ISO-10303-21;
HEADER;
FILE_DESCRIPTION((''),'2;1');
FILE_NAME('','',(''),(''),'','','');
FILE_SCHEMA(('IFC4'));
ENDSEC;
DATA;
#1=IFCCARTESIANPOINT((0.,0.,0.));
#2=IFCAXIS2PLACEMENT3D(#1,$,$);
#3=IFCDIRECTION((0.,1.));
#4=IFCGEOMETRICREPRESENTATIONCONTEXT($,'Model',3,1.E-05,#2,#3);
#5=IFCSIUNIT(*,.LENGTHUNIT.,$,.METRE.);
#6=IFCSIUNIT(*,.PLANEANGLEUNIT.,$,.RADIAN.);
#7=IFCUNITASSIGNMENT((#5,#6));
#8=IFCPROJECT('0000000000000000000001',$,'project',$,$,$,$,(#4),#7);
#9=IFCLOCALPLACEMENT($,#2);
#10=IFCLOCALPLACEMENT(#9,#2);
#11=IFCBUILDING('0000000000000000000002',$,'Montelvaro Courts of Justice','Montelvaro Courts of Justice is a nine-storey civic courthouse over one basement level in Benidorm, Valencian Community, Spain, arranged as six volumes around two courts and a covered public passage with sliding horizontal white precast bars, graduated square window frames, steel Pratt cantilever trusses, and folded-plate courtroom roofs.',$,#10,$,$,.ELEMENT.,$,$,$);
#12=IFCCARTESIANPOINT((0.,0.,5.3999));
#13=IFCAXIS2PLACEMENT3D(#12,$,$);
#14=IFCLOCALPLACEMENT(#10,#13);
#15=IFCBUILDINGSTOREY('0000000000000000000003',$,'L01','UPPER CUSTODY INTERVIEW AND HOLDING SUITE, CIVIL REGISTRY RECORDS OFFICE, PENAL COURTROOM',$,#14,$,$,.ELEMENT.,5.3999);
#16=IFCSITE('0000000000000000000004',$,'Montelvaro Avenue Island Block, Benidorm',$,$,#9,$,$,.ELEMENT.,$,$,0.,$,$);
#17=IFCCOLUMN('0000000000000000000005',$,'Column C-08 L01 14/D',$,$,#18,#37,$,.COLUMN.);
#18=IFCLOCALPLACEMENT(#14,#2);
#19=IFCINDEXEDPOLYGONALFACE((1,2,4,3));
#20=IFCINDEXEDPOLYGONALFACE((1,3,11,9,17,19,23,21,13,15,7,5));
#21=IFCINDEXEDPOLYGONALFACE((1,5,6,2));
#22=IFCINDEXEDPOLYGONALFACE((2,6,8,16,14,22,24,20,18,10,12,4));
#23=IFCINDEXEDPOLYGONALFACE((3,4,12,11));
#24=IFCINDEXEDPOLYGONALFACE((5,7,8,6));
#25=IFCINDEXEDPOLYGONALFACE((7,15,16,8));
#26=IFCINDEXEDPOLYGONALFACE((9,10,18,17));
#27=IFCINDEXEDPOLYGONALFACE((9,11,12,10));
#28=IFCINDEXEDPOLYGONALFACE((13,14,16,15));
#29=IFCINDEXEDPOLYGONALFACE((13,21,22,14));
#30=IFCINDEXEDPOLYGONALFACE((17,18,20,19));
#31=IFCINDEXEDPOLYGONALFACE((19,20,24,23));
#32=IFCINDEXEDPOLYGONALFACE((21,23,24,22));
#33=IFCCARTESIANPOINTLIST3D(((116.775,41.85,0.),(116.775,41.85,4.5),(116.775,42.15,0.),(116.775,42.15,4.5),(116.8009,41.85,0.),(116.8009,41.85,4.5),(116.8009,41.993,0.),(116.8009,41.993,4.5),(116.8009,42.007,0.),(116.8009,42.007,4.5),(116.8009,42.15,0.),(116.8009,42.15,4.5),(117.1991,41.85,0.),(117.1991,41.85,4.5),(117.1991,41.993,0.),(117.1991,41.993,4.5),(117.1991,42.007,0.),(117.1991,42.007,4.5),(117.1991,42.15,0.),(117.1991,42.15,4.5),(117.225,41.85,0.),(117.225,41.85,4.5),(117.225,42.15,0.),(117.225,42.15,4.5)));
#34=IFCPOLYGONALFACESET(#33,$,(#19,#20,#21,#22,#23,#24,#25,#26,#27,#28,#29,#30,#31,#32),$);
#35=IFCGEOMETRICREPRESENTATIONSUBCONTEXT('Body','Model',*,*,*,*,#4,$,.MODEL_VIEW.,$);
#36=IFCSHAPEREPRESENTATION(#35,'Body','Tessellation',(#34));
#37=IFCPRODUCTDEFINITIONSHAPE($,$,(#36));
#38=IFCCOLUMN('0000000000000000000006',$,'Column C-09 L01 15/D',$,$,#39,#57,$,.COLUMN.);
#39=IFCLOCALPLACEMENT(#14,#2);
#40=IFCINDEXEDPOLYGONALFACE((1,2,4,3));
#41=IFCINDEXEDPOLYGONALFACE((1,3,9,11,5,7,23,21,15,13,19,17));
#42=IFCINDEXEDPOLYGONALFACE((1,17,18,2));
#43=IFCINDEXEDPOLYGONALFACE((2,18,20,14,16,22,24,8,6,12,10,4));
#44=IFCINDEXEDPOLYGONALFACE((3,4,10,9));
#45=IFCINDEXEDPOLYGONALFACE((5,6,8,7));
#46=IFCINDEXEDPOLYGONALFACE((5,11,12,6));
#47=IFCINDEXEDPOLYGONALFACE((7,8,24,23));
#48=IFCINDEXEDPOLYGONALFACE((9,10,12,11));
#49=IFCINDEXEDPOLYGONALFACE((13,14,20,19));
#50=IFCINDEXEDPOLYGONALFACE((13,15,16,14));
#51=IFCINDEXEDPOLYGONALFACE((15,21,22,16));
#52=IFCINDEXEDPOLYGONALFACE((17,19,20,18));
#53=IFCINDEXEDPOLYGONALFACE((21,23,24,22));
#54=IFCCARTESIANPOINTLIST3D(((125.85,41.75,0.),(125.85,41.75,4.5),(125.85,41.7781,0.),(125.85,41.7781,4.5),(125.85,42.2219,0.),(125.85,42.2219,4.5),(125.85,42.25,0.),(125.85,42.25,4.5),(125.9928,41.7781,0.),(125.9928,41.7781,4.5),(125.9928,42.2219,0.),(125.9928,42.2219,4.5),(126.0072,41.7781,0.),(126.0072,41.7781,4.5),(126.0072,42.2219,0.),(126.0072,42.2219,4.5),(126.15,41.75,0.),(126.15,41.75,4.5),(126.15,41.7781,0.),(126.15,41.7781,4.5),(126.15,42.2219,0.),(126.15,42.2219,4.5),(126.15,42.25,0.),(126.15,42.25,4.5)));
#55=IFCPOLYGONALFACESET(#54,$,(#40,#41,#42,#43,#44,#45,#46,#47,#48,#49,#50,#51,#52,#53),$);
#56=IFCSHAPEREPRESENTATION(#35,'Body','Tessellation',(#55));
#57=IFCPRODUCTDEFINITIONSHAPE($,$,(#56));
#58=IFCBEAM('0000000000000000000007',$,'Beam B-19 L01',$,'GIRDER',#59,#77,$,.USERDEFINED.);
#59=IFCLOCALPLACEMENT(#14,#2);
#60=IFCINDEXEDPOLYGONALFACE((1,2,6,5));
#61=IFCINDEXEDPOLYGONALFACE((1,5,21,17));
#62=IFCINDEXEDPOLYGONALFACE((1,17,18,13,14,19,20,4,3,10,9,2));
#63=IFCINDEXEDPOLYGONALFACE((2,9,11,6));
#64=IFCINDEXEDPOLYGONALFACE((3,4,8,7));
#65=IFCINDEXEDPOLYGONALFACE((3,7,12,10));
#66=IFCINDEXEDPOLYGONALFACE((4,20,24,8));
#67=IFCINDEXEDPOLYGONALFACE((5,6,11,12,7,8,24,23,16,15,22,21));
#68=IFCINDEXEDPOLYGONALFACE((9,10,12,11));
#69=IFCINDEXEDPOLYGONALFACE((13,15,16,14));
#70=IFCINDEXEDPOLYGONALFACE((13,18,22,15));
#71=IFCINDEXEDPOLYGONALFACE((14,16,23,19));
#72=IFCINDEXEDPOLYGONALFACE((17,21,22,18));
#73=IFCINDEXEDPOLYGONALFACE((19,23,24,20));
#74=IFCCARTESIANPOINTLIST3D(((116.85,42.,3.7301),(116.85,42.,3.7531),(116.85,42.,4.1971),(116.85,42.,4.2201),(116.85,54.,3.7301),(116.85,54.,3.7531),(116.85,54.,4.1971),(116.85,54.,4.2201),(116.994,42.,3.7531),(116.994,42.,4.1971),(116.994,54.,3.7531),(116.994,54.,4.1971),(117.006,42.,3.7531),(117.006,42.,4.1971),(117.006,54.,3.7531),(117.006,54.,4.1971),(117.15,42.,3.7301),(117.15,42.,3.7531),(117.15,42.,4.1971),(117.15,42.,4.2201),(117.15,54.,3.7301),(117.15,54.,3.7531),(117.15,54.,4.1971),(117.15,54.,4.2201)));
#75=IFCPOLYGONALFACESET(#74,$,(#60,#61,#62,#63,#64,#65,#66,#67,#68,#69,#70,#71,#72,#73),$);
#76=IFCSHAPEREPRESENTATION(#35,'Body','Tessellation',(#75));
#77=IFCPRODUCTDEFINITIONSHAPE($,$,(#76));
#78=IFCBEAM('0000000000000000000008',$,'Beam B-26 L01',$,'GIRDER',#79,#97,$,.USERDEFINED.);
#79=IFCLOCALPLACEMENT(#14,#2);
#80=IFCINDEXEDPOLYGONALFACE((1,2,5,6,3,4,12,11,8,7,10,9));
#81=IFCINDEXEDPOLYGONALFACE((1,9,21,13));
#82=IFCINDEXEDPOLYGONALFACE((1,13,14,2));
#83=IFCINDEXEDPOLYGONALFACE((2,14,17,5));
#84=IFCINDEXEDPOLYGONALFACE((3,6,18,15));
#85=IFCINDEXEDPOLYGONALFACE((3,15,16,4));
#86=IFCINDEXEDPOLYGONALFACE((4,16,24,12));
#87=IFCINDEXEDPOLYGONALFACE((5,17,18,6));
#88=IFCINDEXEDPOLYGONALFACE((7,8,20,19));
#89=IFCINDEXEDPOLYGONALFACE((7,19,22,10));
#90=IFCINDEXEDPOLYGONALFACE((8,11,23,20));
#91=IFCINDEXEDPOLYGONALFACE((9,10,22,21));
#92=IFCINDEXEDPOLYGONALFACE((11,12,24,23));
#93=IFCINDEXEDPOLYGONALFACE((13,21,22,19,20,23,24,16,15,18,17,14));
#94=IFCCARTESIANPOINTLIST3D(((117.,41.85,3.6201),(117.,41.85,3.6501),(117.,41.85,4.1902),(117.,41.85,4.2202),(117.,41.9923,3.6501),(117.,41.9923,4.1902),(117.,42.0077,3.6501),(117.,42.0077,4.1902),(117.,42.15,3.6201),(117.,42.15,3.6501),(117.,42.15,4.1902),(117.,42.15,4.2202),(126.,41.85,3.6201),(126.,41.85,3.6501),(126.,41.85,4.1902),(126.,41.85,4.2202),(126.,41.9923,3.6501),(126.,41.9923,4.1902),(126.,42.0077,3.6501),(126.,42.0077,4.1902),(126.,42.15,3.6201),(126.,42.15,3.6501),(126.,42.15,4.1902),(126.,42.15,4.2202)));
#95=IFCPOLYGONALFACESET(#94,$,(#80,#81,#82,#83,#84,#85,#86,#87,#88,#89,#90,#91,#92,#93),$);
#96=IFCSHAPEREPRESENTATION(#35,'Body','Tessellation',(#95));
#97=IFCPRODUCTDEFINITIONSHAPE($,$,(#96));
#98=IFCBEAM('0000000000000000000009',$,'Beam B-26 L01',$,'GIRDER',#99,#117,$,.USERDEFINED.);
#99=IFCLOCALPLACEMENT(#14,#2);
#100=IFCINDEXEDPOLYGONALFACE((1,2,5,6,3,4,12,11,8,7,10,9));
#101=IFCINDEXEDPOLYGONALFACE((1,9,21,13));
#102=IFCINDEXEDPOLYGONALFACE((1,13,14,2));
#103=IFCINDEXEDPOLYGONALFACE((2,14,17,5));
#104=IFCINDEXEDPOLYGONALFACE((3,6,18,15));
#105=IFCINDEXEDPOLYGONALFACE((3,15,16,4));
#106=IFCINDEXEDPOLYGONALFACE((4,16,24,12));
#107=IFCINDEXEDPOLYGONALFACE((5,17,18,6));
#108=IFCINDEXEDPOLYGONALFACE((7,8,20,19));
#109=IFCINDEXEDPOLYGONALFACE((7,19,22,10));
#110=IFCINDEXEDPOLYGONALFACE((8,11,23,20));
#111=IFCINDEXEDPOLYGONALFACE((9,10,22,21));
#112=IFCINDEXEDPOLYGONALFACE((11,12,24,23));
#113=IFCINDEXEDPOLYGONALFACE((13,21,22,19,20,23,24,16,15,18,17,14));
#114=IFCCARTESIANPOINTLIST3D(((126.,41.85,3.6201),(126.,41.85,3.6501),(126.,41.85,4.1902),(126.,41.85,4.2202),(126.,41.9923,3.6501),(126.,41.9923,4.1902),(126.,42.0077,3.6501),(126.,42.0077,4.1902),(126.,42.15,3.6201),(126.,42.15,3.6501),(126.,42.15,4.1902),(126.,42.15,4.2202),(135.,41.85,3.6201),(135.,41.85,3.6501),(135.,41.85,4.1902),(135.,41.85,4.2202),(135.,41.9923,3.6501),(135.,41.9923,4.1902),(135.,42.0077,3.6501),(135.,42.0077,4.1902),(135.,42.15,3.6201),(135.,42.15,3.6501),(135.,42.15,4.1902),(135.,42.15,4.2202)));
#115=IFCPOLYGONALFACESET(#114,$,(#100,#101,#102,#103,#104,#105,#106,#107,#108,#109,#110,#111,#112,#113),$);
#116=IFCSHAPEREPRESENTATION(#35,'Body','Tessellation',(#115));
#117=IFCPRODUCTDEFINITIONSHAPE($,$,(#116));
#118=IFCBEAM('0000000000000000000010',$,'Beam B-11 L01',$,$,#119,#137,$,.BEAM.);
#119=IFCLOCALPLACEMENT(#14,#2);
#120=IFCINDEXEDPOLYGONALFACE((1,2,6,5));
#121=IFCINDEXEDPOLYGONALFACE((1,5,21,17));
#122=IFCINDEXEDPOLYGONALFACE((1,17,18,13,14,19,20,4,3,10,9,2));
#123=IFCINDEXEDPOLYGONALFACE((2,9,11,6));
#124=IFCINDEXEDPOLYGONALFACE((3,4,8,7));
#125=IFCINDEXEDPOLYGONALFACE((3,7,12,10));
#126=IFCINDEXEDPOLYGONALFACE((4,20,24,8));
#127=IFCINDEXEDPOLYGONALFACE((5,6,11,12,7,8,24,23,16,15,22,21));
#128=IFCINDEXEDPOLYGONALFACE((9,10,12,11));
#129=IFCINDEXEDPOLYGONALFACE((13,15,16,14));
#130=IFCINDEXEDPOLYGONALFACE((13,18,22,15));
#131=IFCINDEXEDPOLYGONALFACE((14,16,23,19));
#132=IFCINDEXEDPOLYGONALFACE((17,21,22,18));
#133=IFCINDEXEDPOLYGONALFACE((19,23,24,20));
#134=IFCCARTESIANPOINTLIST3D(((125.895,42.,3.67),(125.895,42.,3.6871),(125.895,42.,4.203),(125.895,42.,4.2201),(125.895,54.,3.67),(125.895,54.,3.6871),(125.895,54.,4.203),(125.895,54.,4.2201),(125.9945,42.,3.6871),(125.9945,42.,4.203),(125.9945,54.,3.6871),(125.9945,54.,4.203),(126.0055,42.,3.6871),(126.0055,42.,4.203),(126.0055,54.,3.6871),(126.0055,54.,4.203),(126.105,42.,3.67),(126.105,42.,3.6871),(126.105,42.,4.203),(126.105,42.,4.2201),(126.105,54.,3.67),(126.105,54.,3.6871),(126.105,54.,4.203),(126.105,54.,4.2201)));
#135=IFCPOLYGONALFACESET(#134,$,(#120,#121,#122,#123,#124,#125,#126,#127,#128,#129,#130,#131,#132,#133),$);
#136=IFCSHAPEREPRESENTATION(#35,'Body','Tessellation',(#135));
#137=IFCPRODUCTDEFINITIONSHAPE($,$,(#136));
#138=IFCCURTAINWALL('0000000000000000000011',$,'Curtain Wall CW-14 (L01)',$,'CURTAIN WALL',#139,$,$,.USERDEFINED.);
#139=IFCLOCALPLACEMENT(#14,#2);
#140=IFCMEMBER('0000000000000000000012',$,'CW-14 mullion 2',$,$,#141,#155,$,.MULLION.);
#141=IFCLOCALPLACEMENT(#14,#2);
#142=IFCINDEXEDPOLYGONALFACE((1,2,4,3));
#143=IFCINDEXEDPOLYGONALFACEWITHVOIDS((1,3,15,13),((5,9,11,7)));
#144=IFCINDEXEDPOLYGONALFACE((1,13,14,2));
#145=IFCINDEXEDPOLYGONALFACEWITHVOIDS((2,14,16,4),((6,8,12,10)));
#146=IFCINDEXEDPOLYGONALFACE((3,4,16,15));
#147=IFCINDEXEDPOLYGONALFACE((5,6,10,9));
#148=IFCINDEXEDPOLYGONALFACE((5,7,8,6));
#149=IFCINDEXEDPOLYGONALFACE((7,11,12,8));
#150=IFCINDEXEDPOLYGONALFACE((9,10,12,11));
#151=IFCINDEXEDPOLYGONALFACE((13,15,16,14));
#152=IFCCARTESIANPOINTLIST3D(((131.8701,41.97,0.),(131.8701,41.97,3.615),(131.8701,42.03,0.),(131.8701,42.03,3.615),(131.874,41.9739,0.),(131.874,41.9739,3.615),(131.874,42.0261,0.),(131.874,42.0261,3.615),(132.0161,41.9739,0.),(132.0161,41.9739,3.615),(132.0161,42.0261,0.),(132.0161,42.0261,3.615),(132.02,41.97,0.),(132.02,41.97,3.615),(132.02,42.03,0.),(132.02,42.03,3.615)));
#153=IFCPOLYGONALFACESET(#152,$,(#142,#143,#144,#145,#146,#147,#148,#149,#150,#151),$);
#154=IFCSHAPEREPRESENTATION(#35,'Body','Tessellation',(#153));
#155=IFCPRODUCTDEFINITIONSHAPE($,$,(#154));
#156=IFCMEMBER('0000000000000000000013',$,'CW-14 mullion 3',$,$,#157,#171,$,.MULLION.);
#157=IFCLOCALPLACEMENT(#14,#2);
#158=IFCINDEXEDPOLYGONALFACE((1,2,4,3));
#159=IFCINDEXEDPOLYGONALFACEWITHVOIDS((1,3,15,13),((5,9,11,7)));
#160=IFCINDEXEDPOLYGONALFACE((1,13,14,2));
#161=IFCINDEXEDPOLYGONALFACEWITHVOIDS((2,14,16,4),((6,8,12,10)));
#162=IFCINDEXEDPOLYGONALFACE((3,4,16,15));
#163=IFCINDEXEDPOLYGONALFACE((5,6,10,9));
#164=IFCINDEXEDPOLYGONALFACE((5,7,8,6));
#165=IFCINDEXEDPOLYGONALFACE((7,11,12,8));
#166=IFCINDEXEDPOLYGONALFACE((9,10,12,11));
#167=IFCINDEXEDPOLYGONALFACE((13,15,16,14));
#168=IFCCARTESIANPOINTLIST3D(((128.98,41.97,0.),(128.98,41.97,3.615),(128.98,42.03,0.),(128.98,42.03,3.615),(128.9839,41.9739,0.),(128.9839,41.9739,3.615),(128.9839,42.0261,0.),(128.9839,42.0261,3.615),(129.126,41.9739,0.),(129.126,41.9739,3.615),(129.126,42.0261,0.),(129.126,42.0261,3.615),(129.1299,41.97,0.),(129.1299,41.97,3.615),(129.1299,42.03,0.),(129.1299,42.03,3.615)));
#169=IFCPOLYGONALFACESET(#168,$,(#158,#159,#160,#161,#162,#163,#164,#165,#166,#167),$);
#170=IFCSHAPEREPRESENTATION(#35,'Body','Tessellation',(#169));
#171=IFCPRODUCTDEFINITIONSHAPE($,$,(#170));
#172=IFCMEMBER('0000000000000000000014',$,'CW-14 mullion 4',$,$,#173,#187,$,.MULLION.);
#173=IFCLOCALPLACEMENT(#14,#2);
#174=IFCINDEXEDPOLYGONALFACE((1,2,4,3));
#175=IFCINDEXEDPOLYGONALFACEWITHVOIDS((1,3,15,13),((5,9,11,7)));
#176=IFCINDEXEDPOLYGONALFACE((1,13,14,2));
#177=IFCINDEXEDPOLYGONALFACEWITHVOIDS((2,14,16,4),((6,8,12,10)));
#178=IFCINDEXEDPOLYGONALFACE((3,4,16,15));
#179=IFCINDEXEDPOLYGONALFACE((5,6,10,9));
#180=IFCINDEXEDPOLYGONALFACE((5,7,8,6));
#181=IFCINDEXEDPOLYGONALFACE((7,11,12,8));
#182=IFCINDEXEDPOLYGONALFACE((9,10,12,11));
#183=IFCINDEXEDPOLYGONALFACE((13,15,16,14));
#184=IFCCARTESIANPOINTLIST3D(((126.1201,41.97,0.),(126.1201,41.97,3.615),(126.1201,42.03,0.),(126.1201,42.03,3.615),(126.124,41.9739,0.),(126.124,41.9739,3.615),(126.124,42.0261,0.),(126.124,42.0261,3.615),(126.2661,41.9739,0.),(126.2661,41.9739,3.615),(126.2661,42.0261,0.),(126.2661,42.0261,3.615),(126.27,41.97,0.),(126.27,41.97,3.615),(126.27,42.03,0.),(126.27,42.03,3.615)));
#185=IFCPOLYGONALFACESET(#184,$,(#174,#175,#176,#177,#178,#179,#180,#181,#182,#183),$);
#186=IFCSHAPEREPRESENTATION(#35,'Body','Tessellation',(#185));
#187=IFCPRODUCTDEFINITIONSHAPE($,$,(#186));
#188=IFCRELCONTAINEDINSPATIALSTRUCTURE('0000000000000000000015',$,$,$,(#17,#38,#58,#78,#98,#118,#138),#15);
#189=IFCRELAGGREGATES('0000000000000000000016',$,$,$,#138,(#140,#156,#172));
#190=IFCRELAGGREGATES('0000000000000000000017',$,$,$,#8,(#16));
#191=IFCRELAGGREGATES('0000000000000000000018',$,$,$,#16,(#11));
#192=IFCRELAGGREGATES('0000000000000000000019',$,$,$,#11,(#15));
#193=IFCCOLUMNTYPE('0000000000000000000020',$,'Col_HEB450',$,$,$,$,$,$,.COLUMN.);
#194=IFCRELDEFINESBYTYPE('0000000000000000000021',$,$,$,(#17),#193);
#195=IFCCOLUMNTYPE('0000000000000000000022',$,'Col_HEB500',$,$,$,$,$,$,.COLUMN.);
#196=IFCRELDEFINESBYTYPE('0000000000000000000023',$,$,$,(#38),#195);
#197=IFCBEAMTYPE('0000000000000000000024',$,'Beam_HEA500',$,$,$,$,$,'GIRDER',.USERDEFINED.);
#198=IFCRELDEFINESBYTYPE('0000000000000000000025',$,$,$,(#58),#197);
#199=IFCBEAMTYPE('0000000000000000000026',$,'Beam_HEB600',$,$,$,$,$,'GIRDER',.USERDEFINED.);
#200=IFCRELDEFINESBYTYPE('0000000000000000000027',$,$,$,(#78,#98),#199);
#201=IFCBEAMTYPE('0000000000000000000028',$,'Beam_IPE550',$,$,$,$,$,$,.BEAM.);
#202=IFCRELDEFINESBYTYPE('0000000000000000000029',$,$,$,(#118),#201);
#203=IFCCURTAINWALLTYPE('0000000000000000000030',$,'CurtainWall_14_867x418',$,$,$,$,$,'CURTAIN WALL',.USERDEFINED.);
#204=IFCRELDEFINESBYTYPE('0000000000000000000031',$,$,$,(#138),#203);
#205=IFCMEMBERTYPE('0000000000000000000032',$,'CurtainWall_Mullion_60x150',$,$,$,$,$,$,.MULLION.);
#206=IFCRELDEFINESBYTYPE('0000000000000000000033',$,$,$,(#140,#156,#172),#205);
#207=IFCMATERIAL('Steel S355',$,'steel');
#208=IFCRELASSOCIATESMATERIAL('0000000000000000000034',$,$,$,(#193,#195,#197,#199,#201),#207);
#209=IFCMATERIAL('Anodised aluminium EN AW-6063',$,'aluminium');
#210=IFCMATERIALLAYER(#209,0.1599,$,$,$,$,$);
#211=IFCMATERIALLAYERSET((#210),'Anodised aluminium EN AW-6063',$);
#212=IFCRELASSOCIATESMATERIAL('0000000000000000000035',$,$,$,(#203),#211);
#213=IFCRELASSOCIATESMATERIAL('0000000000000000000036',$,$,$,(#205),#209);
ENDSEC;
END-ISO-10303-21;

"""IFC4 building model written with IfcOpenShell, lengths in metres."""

from ifc_helpers import new_model, si_unit, direction, frame, origin, origin_2d, place, context, subcontext, project, spatial, hollow_rectangle, i_section, extrude, material, layer, layer_set, material_profile, profile_set, type_object, element, aggregate, save


model = new_model("IFC4")

# Units and contexts
model_context = context("Model", 3, precision=1e-05, world=origin(), true_north=direction((0.0, 1.0)))
body_context = subcontext(model_context, "Body", "Model", "MODEL_VIEW")
ifc_project = project(units=[si_unit("LENGTHUNIT", "METRE"), si_unit("PLANEANGLEUNIT", "RADIAN")], contexts=[model_context])

# Site, building, storey
site_placement = place(None, origin())
site = spatial("IfcSite", under=ifc_project, at=site_placement, Name="Montelvaro Avenue Island Block, Benidorm", CompositionType="ELEMENT", RefElevation=0.0)
building_placement = place(site_placement, origin())
building = spatial("IfcBuilding", under=site, at=building_placement, Name="Montelvaro Courts of Justice", Description="Montelvaro Courts of Justice is a nine-storey civic courthouse over one basement level in Benidorm, Valencian Community, Spain, arranged as six volumes around two courts and a covered public passage with sliding horizontal white precast bars, graduated square window frames, steel Pratt cantilever trusses, and folded-plate courtroom roofs.", CompositionType="ELEMENT")
storey_placement = place(building_placement, frame((0.0, 0.0, 5.3999)))
storey = spatial("IfcBuildingStorey", under=building, at=storey_placement, Name="L01", Description="UPPER CUSTODY INTERVIEW AND HOLDING SUITE, CIVIL REGISTRY RECORDS OFFICE, PENAL COURTROOM", CompositionType="ELEMENT", Elevation=5.3999)

# Columns
ifc_material_1 = material(Name="Steel S355", Category="steel")
ifc_material_profile_1 = material_profile(ifc_material_1, i_section(OverallWidth=0.3, OverallDepth=0.45, WebThickness=0.0139, FlangeThickness=0.0259, at=origin_2d()), Name="HEB 450")
ifc_profile_set_1 = profile_set([ifc_material_profile_1], Name="Steel S355")
column_type_1 = type_object("IfcColumnType", Name="Col_HEB450", PredefinedType="COLUMN", material=ifc_profile_set_1)
column_1_placement = place(storey_placement, frame((117.0, 42.0, 0.0), z_axis=(0.0, 0.0, 1.0), x_axis=(0.0, 1.0, 0.0)))
element("IfcColumn", 1, at=column_1_placement, inside=storey, type_object=column_type_1, Name="Column C-08 L01 14/D", PredefinedType="COLUMN", context=body_context, shape_type="SweptSolid", body=[
    extrude(i_section(OverallWidth=0.3, OverallDepth=0.45, WebThickness=0.0139, FlangeThickness=0.0259, at=origin_2d()), origin(), (0.0, 0.0, 1.0), 4.5),
])
ifc_material_profile_2 = material_profile(ifc_material_1, i_section(OverallWidth=0.3, OverallDepth=0.5, WebThickness=0.0144, FlangeThickness=0.0281, at=origin_2d()), Name="HEB 500")
ifc_profile_set_2 = profile_set([ifc_material_profile_2], Name="Steel S355")
column_type_2 = type_object("IfcColumnType", Name="Col_HEB500", PredefinedType="COLUMN", material=ifc_profile_set_2)
column_2_placement = place(storey_placement, frame((126.0, 42.0, 0.0), z_axis=(0.0, 0.0, 1.0), x_axis=(1.0, 0.0, 0.0)))
element("IfcColumn", 2, at=column_2_placement, inside=storey, type_object=column_type_2, Name="Column C-09 L01 15/D", PredefinedType="COLUMN", context=body_context, shape_type="SweptSolid", body=[
    extrude(i_section(OverallWidth=0.3, OverallDepth=0.5, WebThickness=0.0144, FlangeThickness=0.0281, at=origin_2d()), origin(), (0.0, 0.0, 1.0), 4.5),
])

# Beams
ifc_material_profile_3 = material_profile(ifc_material_1, i_section(OverallWidth=0.3, OverallDepth=0.49, WebThickness=0.012, FlangeThickness=0.0229, at=origin_2d()), Name="HEA 500")
ifc_profile_set_3 = profile_set([ifc_material_profile_3], Name="Steel S355")
beam_type_1 = type_object("IfcBeamType", Name="Beam_HEA500", ElementType="GIRDER", PredefinedType="USERDEFINED", material=ifc_profile_set_3)
beam_1_placement = place(storey_placement, frame((117.0, 42.0, 3.9751), z_axis=(0.0, 1.0, 0.0), x_axis=(-1.0, 0.0, 0.0)))
element("IfcBeam", 3, at=beam_1_placement, inside=storey, type_object=beam_type_1, Name="Beam B-19 L01", ObjectType="GIRDER", PredefinedType="USERDEFINED", context=body_context, shape_type="SweptSolid", body=[
    extrude(i_section(OverallWidth=0.3, OverallDepth=0.49, WebThickness=0.012, FlangeThickness=0.0229, at=origin_2d()), origin(), (0.0, 0.0, 1.0), 12.0),
])
ifc_material_profile_4 = material_profile(ifc_material_1, i_section(OverallWidth=0.3, OverallDepth=0.6001, WebThickness=0.0154, FlangeThickness=0.03, at=origin_2d()), Name="HEB 600")
ifc_profile_set_4 = profile_set([ifc_material_profile_4], Name="Steel S355")
beam_type_2 = type_object("IfcBeamType", Name="Beam_HEB600", ElementType="GIRDER", PredefinedType="USERDEFINED", material=ifc_profile_set_4)
for number, where, z_axis, x_axis, name in (
    (4, (117.0, 42.0, 3.9202), (1.0, 0.0, 0.0), (0.0, 1.0, 0.0), "Beam B-26 L01"),
    (5, (126.0, 42.0, 3.9202), (1.0, 0.0, 0.0), (0.0, 1.0, 0.0), "Beam B-26 L01"),
):
    element("IfcBeam", number, at=place(storey_placement, frame(where, z_axis=z_axis, x_axis=x_axis)), inside=storey, type_object=beam_type_2, Name=name, ObjectType="GIRDER", PredefinedType="USERDEFINED", context=body_context, shape_type="SweptSolid", body=[
        extrude(i_section(OverallWidth=0.3, OverallDepth=0.6001, WebThickness=0.0154, FlangeThickness=0.03, at=origin_2d()), origin(), (0.0, 0.0, 1.0), 9.0),
    ])
ifc_material_profile_5 = material_profile(ifc_material_1, i_section(OverallWidth=0.21, OverallDepth=0.55, WebThickness=0.011, FlangeThickness=0.0171, at=origin_2d()), Name="IPE 550")
ifc_profile_set_5 = profile_set([ifc_material_profile_5], Name="Steel S355")
beam_type_3 = type_object("IfcBeamType", Name="Beam_IPE550", PredefinedType="BEAM", material=ifc_profile_set_5)
beam_2_placement = place(storey_placement, frame((126.0, 42.0, 3.9451), z_axis=(0.0, 1.0, 0.0), x_axis=(-1.0, 0.0, 0.0)))
element("IfcBeam", 6, at=beam_2_placement, inside=storey, type_object=beam_type_3, Name="Beam B-11 L01", PredefinedType="BEAM", context=body_context, shape_type="SweptSolid", body=[
    extrude(i_section(OverallWidth=0.21, OverallDepth=0.55, WebThickness=0.011, FlangeThickness=0.0171, at=origin_2d()), origin(), (0.0, 0.0, 1.0), 12.0),
])

# Curtain wall, members
ifc_material_2 = material(Name="Anodised aluminium EN AW-6063", Category="aluminium")
ifc_layer_1 = layer(ifc_material_2, 0.1599)
ifc_layer_set_1 = layer_set([ifc_layer_1], Name="Anodised aluminium EN AW-6063")
curtain_wall_type_1 = type_object("IfcCurtainWallType", Name="CurtainWall_14_867x418", ElementType="CURTAIN WALL", PredefinedType="USERDEFINED", material=ifc_layer_set_1)
curtain_wall_1_placement = place(storey_placement, origin())
curtain_wall_1 = element("IfcCurtainWall", 7, at=curtain_wall_1_placement, inside=storey, type_object=curtain_wall_type_1, Name="Curtain Wall CW-14 (L01)", ObjectType="CURTAIN WALL", PredefinedType="USERDEFINED")
ifc_material_profile_6 = material_profile(ifc_material_2, hollow_rectangle(XDim=0.0601, YDim=0.1499, WallThickness=0.0039, at=origin_2d()), Name="ALU-M 60x150")
ifc_profile_set_6 = profile_set([ifc_material_profile_6], Name="Anodised aluminium EN AW-6063")
member_type_1 = type_object("IfcMemberType", Name="CurtainWall_Mullion_60x150", PredefinedType="MULLION", material=ifc_profile_set_6)
member_1_placement = place(storey_placement, frame((131.9451, 42.0, 0.0), z_axis=(0.0, 0.0, 1.0), x_axis=(0.0, -1.0, 0.0)))
member_1 = element("IfcMember", 8, at=member_1_placement, type_object=member_type_1, Name="CW-14 mullion 2", PredefinedType="MULLION", context=body_context, shape_type="SweptSolid", body=[
    extrude(hollow_rectangle(XDim=0.0601, YDim=0.1499, WallThickness=0.0039, at=origin_2d()), origin(), (0.0, 0.0, 1.0), 3.615),
])
member_2_placement = place(storey_placement, frame((129.0549, 42.0, 0.0), z_axis=(0.0, 0.0, 1.0), x_axis=(0.0, -1.0, 0.0)))
member_2 = element("IfcMember", 9, at=member_2_placement, type_object=member_type_1, Name="CW-14 mullion 3", PredefinedType="MULLION", context=body_context, shape_type="SweptSolid", body=[
    extrude(hollow_rectangle(XDim=0.0601, YDim=0.1499, WallThickness=0.0039, at=origin_2d()), origin(), (0.0, 0.0, 1.0), 3.615),
])
member_3_placement = place(storey_placement, frame((126.1951, 42.0, 0.0), z_axis=(0.0, 0.0, 1.0), x_axis=(0.0, -1.0, 0.0)))
member_3 = element("IfcMember", 10, at=member_3_placement, type_object=member_type_1, Name="CW-14 mullion 4", PredefinedType="MULLION", context=body_context, shape_type="SweptSolid", body=[
    extrude(hollow_rectangle(XDim=0.0601, YDim=0.1499, WallThickness=0.0039, at=origin_2d()), origin(), (0.0, 0.0, 1.0), 3.615),
])

aggregate(curtain_wall_1, [member_1, member_2, member_3])

save(model, "model.ifc")
